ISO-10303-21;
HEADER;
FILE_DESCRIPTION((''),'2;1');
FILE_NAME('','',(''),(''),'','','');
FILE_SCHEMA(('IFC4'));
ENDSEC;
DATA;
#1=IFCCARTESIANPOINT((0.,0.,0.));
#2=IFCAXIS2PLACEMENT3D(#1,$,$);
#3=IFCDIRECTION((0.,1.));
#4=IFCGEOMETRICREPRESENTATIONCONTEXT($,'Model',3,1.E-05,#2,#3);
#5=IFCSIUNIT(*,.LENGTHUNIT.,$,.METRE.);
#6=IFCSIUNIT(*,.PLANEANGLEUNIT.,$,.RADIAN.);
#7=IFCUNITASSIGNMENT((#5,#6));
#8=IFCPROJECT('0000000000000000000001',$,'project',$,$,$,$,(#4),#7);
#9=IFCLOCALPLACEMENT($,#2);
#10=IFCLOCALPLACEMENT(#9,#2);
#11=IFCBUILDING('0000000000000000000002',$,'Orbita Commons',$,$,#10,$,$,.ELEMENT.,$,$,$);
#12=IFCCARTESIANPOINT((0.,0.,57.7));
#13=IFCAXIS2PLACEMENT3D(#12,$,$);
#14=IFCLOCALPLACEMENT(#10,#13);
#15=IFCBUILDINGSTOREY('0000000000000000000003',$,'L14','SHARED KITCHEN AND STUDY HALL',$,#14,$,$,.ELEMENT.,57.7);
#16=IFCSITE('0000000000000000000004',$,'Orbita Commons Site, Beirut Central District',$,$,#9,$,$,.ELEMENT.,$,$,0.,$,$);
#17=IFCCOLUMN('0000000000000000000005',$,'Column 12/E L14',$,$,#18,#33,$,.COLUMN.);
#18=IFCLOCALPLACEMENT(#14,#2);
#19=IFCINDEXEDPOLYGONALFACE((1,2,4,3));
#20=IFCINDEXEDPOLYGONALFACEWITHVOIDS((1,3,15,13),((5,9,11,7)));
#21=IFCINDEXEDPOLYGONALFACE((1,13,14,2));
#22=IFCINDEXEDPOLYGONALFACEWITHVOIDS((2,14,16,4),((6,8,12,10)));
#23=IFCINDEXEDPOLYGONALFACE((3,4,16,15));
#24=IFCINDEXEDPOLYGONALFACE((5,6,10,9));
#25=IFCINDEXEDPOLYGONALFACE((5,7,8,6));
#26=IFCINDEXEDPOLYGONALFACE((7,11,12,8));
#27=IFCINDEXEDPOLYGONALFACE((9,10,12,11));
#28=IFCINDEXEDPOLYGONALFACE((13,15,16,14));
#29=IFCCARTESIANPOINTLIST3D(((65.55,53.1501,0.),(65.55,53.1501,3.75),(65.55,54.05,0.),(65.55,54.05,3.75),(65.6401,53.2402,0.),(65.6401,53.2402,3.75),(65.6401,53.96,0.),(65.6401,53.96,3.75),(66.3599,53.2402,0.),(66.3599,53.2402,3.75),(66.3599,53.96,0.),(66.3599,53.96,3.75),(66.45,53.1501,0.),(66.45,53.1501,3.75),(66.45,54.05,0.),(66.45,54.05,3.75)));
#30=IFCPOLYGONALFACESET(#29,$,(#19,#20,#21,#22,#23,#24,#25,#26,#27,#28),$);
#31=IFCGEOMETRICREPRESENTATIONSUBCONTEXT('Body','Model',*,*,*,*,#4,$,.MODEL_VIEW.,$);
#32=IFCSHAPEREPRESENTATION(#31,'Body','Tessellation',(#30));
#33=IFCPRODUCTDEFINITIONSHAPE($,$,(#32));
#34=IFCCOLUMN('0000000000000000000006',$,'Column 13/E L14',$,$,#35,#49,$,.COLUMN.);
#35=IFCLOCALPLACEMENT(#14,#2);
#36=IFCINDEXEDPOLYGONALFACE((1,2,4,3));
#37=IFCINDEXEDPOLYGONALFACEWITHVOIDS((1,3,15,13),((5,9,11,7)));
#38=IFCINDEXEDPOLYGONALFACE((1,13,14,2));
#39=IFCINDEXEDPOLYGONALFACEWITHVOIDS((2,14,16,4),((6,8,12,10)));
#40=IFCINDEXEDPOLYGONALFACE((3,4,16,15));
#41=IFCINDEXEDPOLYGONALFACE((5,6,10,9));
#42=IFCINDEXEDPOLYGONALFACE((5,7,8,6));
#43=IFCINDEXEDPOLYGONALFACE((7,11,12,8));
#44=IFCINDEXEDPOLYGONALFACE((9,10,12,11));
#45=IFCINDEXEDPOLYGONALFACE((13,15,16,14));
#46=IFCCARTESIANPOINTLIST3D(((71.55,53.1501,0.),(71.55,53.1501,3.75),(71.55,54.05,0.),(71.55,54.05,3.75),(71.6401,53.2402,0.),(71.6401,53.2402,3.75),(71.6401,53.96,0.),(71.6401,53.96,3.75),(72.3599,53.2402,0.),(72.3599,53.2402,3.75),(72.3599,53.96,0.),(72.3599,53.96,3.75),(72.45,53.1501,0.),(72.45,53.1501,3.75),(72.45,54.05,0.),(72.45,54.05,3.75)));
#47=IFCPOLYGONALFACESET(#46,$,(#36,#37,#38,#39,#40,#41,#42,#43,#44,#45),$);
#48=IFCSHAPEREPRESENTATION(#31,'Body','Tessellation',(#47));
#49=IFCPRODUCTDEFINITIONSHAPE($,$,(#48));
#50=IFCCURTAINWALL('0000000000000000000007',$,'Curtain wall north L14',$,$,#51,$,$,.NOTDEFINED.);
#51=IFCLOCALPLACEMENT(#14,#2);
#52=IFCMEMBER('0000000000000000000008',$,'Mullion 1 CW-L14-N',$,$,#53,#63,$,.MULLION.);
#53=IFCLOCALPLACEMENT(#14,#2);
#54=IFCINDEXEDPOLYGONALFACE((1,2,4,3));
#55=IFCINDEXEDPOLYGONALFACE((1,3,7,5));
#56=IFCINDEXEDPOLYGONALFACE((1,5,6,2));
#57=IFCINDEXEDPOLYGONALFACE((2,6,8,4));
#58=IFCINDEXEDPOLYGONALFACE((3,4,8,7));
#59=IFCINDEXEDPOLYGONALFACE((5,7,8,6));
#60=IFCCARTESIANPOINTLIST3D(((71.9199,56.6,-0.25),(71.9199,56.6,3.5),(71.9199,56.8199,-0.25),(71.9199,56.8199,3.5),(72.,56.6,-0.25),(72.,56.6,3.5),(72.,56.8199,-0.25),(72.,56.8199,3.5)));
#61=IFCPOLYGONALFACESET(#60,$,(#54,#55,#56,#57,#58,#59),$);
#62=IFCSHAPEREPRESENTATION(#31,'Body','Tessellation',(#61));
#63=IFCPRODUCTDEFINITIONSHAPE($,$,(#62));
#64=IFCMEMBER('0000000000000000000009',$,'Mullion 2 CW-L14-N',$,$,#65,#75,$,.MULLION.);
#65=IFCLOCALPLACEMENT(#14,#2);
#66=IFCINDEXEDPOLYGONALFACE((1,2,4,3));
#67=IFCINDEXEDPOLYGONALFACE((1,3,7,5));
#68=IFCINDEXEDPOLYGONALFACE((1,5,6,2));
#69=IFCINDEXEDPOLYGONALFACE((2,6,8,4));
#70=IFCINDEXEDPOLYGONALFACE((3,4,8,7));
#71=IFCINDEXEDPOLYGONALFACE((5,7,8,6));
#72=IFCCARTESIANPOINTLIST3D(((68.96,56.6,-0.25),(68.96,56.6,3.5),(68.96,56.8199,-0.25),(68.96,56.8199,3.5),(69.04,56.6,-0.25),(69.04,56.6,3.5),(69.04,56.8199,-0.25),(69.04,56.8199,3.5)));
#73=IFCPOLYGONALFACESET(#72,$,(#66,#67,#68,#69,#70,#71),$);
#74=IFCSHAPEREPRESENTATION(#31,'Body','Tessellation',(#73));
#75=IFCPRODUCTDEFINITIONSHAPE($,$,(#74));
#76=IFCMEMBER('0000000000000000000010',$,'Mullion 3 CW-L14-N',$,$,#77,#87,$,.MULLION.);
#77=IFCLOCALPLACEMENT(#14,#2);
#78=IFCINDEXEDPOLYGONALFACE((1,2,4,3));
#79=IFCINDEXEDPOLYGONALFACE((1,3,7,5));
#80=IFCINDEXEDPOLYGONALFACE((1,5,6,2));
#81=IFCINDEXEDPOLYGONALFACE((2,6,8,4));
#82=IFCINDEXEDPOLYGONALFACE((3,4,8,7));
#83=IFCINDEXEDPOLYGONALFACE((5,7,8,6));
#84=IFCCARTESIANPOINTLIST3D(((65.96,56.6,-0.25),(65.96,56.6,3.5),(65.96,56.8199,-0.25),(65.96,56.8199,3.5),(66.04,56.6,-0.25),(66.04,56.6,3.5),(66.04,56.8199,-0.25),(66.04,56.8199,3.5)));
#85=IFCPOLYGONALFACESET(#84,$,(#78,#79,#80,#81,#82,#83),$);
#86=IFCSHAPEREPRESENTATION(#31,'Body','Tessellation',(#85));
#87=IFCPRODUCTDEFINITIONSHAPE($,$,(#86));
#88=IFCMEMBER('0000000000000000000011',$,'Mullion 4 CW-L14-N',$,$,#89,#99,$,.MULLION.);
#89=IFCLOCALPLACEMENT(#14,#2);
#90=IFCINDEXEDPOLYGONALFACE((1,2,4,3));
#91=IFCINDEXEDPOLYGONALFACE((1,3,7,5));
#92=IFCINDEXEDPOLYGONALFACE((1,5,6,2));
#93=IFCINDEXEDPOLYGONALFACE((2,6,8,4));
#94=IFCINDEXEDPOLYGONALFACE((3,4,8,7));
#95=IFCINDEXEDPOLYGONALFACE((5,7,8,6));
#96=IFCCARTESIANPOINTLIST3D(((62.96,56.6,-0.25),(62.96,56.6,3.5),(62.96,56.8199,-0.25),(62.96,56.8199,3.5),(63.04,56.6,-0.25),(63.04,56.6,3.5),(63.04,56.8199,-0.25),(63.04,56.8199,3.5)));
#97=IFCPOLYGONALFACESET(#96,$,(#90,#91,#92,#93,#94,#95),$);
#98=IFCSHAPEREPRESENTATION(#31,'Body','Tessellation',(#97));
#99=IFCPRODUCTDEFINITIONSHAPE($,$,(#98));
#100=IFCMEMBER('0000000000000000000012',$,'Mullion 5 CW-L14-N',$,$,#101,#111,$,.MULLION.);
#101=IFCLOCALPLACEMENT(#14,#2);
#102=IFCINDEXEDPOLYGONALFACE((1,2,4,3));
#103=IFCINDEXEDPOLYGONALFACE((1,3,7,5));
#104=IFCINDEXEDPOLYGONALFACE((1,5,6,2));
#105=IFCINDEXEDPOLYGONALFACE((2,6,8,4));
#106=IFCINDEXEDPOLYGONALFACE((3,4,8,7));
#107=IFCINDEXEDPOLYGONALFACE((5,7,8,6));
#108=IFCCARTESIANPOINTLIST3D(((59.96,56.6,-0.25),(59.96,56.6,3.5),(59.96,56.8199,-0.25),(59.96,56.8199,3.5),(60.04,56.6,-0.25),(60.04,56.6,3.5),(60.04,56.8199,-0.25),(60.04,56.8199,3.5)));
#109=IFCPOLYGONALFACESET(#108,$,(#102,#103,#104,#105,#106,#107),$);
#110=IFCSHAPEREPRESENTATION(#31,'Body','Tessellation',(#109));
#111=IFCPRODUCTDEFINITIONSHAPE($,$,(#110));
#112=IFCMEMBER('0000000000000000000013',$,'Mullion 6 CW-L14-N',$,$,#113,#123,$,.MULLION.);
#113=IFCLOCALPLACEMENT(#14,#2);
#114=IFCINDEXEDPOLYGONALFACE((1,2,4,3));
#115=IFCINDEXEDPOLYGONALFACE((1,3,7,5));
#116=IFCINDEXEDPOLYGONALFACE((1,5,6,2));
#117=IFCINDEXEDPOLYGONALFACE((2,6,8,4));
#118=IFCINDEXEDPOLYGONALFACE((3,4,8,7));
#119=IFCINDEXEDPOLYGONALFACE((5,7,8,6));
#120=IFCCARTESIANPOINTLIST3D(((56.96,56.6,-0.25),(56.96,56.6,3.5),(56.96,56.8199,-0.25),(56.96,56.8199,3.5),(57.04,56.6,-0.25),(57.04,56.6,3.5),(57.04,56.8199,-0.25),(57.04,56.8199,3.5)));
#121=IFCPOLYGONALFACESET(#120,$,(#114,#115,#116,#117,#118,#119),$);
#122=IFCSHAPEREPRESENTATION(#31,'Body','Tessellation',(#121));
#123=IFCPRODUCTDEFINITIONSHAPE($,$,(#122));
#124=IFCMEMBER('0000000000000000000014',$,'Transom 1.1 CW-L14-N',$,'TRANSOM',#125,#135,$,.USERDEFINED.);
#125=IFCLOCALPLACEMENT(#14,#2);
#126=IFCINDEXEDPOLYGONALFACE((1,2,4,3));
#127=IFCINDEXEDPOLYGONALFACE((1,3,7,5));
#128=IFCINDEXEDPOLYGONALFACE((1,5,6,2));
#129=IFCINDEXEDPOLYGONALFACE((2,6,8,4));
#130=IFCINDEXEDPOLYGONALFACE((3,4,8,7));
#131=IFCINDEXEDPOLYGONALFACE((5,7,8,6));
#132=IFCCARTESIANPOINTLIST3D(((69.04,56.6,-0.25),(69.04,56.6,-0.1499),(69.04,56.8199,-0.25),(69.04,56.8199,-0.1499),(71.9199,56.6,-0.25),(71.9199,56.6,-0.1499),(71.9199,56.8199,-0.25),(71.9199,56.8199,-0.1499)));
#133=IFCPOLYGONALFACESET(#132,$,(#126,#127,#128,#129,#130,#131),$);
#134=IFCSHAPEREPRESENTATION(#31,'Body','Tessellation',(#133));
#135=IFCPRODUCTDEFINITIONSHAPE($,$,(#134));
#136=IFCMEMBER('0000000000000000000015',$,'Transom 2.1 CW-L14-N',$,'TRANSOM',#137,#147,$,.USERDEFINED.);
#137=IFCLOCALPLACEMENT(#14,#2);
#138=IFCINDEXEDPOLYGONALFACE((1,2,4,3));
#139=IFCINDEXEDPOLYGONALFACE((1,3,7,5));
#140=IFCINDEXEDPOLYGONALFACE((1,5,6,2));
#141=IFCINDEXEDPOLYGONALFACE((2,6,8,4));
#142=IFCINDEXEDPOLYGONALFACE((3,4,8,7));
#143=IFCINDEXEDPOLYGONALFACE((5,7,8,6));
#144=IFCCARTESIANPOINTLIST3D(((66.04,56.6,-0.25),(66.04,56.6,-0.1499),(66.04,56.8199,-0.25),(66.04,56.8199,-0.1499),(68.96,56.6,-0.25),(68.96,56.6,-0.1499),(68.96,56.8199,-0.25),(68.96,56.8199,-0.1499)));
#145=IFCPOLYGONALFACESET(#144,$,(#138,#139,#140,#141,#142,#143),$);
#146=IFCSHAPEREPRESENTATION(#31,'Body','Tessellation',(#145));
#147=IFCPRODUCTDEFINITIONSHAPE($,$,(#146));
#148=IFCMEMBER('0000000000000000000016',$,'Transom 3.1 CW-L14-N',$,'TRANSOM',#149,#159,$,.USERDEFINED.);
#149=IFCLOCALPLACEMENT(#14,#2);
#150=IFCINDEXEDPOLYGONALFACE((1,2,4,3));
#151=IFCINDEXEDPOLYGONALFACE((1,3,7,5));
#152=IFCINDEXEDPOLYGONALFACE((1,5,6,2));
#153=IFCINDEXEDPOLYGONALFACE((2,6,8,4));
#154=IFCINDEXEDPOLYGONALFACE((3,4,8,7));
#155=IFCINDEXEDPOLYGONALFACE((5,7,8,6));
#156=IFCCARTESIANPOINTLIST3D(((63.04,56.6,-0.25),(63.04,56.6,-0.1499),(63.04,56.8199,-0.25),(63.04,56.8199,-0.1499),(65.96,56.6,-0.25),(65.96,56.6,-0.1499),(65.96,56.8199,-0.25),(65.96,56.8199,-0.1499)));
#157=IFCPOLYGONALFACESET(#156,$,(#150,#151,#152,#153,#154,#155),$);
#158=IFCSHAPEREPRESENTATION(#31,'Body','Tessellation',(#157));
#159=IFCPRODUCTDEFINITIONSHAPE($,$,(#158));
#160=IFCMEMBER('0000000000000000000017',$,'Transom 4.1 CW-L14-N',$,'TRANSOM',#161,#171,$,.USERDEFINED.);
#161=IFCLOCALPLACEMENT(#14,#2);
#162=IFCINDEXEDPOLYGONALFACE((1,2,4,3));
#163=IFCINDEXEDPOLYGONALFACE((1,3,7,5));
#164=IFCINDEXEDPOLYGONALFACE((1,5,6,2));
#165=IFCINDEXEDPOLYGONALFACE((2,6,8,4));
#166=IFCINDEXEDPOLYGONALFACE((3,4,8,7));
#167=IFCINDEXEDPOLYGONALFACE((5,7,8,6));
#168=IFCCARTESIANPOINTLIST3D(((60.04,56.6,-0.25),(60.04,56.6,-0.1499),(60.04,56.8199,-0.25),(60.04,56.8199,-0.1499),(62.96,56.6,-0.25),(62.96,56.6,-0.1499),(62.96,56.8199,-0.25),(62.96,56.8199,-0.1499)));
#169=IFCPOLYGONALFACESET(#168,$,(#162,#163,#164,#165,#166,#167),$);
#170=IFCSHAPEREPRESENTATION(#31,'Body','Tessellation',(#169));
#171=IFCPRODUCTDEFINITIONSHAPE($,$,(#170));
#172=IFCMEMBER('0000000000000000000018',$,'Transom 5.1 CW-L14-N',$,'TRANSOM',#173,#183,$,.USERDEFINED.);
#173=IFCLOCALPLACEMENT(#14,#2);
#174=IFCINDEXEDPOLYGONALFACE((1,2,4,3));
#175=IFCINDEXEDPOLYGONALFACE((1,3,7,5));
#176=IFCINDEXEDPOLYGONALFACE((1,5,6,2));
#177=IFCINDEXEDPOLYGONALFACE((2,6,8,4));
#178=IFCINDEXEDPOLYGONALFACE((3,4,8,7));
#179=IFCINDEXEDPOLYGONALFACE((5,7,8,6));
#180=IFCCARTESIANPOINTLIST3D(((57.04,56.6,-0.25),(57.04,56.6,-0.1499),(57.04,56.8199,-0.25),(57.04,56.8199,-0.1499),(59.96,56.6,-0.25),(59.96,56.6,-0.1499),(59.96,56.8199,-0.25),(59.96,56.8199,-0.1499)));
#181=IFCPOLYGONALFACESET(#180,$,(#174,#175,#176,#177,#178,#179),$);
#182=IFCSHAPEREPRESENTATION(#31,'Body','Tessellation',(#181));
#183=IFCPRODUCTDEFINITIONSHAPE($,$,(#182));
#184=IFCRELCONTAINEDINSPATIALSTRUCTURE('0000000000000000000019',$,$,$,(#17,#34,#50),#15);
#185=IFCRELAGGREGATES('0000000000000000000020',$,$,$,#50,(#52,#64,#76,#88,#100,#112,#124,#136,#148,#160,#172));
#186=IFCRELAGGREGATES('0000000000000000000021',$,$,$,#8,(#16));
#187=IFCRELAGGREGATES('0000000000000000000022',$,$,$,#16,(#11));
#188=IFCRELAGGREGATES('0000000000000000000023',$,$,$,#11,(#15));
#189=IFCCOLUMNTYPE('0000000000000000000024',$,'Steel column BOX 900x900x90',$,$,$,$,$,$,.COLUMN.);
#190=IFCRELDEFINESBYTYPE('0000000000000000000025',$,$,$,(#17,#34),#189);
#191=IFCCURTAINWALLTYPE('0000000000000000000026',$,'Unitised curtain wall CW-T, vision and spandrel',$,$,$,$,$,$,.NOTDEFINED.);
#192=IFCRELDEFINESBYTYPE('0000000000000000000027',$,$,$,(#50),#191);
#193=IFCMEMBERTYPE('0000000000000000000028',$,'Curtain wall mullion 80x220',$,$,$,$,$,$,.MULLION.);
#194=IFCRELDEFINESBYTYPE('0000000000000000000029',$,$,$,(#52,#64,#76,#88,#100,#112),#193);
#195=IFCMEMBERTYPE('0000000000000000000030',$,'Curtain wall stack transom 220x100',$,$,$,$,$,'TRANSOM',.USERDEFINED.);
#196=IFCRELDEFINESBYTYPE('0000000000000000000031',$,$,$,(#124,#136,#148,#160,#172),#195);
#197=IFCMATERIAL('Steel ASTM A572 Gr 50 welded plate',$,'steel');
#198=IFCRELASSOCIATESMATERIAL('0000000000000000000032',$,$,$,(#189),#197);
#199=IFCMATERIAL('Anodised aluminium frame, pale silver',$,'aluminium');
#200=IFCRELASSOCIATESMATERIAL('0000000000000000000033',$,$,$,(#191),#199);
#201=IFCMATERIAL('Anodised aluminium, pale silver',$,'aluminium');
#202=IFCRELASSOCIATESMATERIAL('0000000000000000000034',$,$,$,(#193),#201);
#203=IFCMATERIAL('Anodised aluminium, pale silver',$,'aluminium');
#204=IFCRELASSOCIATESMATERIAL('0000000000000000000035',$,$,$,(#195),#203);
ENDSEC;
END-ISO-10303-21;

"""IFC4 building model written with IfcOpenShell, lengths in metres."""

from ifc_helpers import new_model, si_unit, direction, frame, origin, origin_2d, place, context, subcontext, project, spatial, rectangle, hollow_rectangle, extrude, material, material_profile, profile_set, type_object, element, aggregate, save


model = new_model("IFC4")

# Units and contexts
model_context = context("Model", 3, precision=1e-05, world=origin(), true_north=direction((0.0, 1.0)))
body_context = subcontext(model_context, "Body", "Model", "MODEL_VIEW")
ifc_project = project(units=[si_unit("LENGTHUNIT", "METRE"), si_unit("PLANEANGLEUNIT", "RADIAN")], contexts=[model_context])

# Site, building, storey
site_placement = place(None, origin())
site = spatial("IfcSite", under=ifc_project, at=site_placement, Name="Orbita Commons Site, Beirut Central District", CompositionType="ELEMENT", RefElevation=0.0)
building_placement = place(site_placement, origin())
building = spatial("IfcBuilding", under=site, at=building_placement, Name="Orbita Commons", CompositionType="ELEMENT")
storey_placement = place(building_placement, frame((0.0, 0.0, 57.7)))
storey = spatial("IfcBuildingStorey", under=building, at=storey_placement, Name="L14", Description="SHARED KITCHEN AND STUDY HALL", CompositionType="ELEMENT", Elevation=57.7)

# Columns
ifc_material_1 = material(Name="Steel ASTM A572 Gr 50 welded plate", Category="steel")
ifc_material_profile_1 = material_profile(ifc_material_1, hollow_rectangle(XDim=0.8999, YDim=0.8999, WallThickness=0.0901, at=origin_2d()), Name="BOX 900x900x90")
ifc_profile_set_1 = profile_set([ifc_material_profile_1], Name="Steel ASTM A572 Gr 50 welded plate")
column_type = type_object("IfcColumnType", Name="Steel column BOX 900x900x90", PredefinedType="COLUMN", material=ifc_profile_set_1)
for number, where, z_axis, x_axis, name in (
    (1, (66.0, 53.6001, 0.0), (0.0, 0.0, 1.0), (1.0, 0.0, 0.0), "Column 12/E L14"),
    (2, (72.0, 53.6001, 0.0), (0.0, 0.0, 1.0), (1.0, 0.0, 0.0), "Column 13/E L14"),
):
    element("IfcColumn", number, at=place(storey_placement, frame(where, z_axis=z_axis, x_axis=x_axis)), inside=storey, type_object=column_type, Name=name, PredefinedType="COLUMN", context=body_context, shape_type="SweptSolid", body=[
        extrude(hollow_rectangle(XDim=0.8999, YDim=0.8999, WallThickness=0.0901, at=origin_2d()), origin(), (0.0, 0.0, 1.0), 3.75),
    ])

# Curtain wall, members
ifc_material_2 = material(Name="Anodised aluminium frame, pale silver", Category="aluminium")
curtain_wall_type = type_object("IfcCurtainWallType", Name="Unitised curtain wall CW-T, vision and spandrel", PredefinedType="NOTDEFINED", material=ifc_material_2)
curtain_wall_placement = place(storey_placement, origin())
curtain_wall = element("IfcCurtainWall", 3, at=curtain_wall_placement, inside=storey, type_object=curtain_wall_type, Name="Curtain wall north L14", PredefinedType="NOTDEFINED")
ifc_material_3 = material(Name="Anodised aluminium, pale silver", Category="aluminium")
ifc_material_profile_2 = material_profile(ifc_material_3, rectangle(XDim=0.0801, YDim=0.22, at=origin_2d()), Name="AL 80x220")
ifc_profile_set_2 = profile_set([ifc_material_profile_2], Name="Anodised aluminium, pale silver")
member_type_1 = type_object("IfcMemberType", Name="Curtain wall mullion 80x220", PredefinedType="MULLION", material=ifc_profile_set_2)
member_1_placement = place(storey_placement, frame((71.96, 56.71, -0.25), z_axis=(0.0, 0.0, 1.0), x_axis=(-1.0, 0.0, 0.0)))
member_1 = element("IfcMember", 4, at=member_1_placement, type_object=member_type_1, Name="Mullion 1 CW-L14-N", PredefinedType="MULLION", context=body_context, shape_type="SweptSolid", body=[
    extrude(rectangle(XDim=0.0801, YDim=0.22, at=origin_2d()), origin(), (0.0, 0.0, 1.0), 3.75),
])
member_2_placement = place(storey_placement, frame((69.0, 56.71, -0.25), z_axis=(0.0, 0.0, 1.0), x_axis=(-1.0, 0.0, 0.0)))
member_2 = element("IfcMember", 5, at=member_2_placement, type_object=member_type_1, Name="Mullion 2 CW-L14-N", PredefinedType="MULLION", context=body_context, shape_type="SweptSolid", body=[
    extrude(rectangle(XDim=0.0801, YDim=0.22, at=origin_2d()), origin(), (0.0, 0.0, 1.0), 3.75),
])
member_3_placement = place(storey_placement, frame((66.0, 56.71, -0.25), z_axis=(0.0, 0.0, 1.0), x_axis=(-1.0, 0.0, 0.0)))
member_3 = element("IfcMember", 6, at=member_3_placement, type_object=member_type_1, Name="Mullion 3 CW-L14-N", PredefinedType="MULLION", context=body_context, shape_type="SweptSolid", body=[
    extrude(rectangle(XDim=0.0801, YDim=0.22, at=origin_2d()), origin(), (0.0, 0.0, 1.0), 3.75),
])
member_4_placement = place(storey_placement, frame((63.0, 56.71, -0.25), z_axis=(0.0, 0.0, 1.0), x_axis=(-1.0, 0.0, 0.0)))
member_4 = element("IfcMember", 7, at=member_4_placement, type_object=member_type_1, Name="Mullion 4 CW-L14-N", PredefinedType="MULLION", context=body_context, shape_type="SweptSolid", body=[
    extrude(rectangle(XDim=0.0801, YDim=0.22, at=origin_2d()), origin(), (0.0, 0.0, 1.0), 3.75),
])
member_5_placement = place(storey_placement, frame((60.0, 56.71, -0.25), z_axis=(0.0, 0.0, 1.0), x_axis=(-1.0, 0.0, 0.0)))
member_5 = element("IfcMember", 8, at=member_5_placement, type_object=member_type_1, Name="Mullion 5 CW-L14-N", PredefinedType="MULLION", context=body_context, shape_type="SweptSolid", body=[
    extrude(rectangle(XDim=0.0801, YDim=0.22, at=origin_2d()), origin(), (0.0, 0.0, 1.0), 3.75),
])
member_6_placement = place(storey_placement, frame((57.0, 56.71, -0.25), z_axis=(0.0, 0.0, 1.0), x_axis=(-1.0, 0.0, 0.0)))
member_6 = element("IfcMember", 9, at=member_6_placement, type_object=member_type_1, Name="Mullion 6 CW-L14-N", PredefinedType="MULLION", context=body_context, shape_type="SweptSolid", body=[
    extrude(rectangle(XDim=0.0801, YDim=0.22, at=origin_2d()), origin(), (0.0, 0.0, 1.0), 3.75),
])
ifc_material_4 = material(Name="Anodised aluminium, pale silver", Category="aluminium")
ifc_material_profile_3 = material_profile(ifc_material_4, rectangle(XDim=0.22, YDim=0.1001, at=origin_2d()), Name="AL 220x100")
ifc_profile_set_3 = profile_set([ifc_material_profile_3], Name="Anodised aluminium, pale silver")
member_type_2 = type_object("IfcMemberType", Name="Curtain wall stack transom 220x100", ElementType="TRANSOM", PredefinedType="USERDEFINED", material=ifc_profile_set_3)
member_7_placement = place(storey_placement, frame((71.9199, 56.71, -0.2), z_axis=(-1.0, 0.0, 0.0), x_axis=(0.0, -1.0, 0.0)))
member_7 = element("IfcMember", 10, at=member_7_placement, type_object=member_type_2, Name="Transom 1.1 CW-L14-N", ObjectType="TRANSOM", PredefinedType="USERDEFINED", context=body_context, shape_type="SweptSolid", body=[
    extrude(rectangle(XDim=0.22, YDim=0.1001, at=origin_2d()), origin(), (0.0, 0.0, 1.0), 2.8799),
])
member_8_placement = place(storey_placement, frame((68.96, 56.71, -0.2), z_axis=(-1.0, 0.0, 0.0), x_axis=(0.0, -1.0, 0.0)))
member_8 = element("IfcMember", 11, at=member_8_placement, type_object=member_type_2, Name="Transom 2.1 CW-L14-N", ObjectType="TRANSOM", PredefinedType="USERDEFINED", context=body_context, shape_type="SweptSolid", body=[
    extrude(rectangle(XDim=0.22, YDim=0.1001, at=origin_2d()), origin(), (0.0, 0.0, 1.0), 2.9199),
])
member_9_placement = place(storey_placement, frame((65.96, 56.71, -0.2), z_axis=(-1.0, 0.0, 0.0), x_axis=(0.0, -1.0, 0.0)))
member_9 = element("IfcMember", 12, at=member_9_placement, type_object=member_type_2, Name="Transom 3.1 CW-L14-N", ObjectType="TRANSOM", PredefinedType="USERDEFINED", context=body_context, shape_type="SweptSolid", body=[
    extrude(rectangle(XDim=0.22, YDim=0.1001, at=origin_2d()), origin(), (0.0, 0.0, 1.0), 2.9199),
])
member_10_placement = place(storey_placement, frame((62.96, 56.71, -0.2), z_axis=(-1.0, 0.0, 0.0), x_axis=(0.0, -1.0, 0.0)))
member_10 = element("IfcMember", 13, at=member_10_placement, type_object=member_type_2, Name="Transom 4.1 CW-L14-N", ObjectType="TRANSOM", PredefinedType="USERDEFINED", context=body_context, shape_type="SweptSolid", body=[
    extrude(rectangle(XDim=0.22, YDim=0.1001, at=origin_2d()), origin(), (0.0, 0.0, 1.0), 2.9199),
])
member_11_placement = place(storey_placement, frame((59.96, 56.71, -0.2), z_axis=(-1.0, 0.0, 0.0), x_axis=(0.0, -1.0, 0.0)))
member_11 = element("IfcMember", 14, at=member_11_placement, type_object=member_type_2, Name="Transom 5.1 CW-L14-N", ObjectType="TRANSOM", PredefinedType="USERDEFINED", context=body_context, shape_type="SweptSolid", body=[
    extrude(rectangle(XDim=0.22, YDim=0.1001, at=origin_2d()), origin(), (0.0, 0.0, 1.0), 2.9199),
])

aggregate(curtain_wall, [member_1, member_2, member_3, member_4, member_5, member_6, member_7, member_8, member_9, member_10, member_11])

save(model, "model.ifc")
